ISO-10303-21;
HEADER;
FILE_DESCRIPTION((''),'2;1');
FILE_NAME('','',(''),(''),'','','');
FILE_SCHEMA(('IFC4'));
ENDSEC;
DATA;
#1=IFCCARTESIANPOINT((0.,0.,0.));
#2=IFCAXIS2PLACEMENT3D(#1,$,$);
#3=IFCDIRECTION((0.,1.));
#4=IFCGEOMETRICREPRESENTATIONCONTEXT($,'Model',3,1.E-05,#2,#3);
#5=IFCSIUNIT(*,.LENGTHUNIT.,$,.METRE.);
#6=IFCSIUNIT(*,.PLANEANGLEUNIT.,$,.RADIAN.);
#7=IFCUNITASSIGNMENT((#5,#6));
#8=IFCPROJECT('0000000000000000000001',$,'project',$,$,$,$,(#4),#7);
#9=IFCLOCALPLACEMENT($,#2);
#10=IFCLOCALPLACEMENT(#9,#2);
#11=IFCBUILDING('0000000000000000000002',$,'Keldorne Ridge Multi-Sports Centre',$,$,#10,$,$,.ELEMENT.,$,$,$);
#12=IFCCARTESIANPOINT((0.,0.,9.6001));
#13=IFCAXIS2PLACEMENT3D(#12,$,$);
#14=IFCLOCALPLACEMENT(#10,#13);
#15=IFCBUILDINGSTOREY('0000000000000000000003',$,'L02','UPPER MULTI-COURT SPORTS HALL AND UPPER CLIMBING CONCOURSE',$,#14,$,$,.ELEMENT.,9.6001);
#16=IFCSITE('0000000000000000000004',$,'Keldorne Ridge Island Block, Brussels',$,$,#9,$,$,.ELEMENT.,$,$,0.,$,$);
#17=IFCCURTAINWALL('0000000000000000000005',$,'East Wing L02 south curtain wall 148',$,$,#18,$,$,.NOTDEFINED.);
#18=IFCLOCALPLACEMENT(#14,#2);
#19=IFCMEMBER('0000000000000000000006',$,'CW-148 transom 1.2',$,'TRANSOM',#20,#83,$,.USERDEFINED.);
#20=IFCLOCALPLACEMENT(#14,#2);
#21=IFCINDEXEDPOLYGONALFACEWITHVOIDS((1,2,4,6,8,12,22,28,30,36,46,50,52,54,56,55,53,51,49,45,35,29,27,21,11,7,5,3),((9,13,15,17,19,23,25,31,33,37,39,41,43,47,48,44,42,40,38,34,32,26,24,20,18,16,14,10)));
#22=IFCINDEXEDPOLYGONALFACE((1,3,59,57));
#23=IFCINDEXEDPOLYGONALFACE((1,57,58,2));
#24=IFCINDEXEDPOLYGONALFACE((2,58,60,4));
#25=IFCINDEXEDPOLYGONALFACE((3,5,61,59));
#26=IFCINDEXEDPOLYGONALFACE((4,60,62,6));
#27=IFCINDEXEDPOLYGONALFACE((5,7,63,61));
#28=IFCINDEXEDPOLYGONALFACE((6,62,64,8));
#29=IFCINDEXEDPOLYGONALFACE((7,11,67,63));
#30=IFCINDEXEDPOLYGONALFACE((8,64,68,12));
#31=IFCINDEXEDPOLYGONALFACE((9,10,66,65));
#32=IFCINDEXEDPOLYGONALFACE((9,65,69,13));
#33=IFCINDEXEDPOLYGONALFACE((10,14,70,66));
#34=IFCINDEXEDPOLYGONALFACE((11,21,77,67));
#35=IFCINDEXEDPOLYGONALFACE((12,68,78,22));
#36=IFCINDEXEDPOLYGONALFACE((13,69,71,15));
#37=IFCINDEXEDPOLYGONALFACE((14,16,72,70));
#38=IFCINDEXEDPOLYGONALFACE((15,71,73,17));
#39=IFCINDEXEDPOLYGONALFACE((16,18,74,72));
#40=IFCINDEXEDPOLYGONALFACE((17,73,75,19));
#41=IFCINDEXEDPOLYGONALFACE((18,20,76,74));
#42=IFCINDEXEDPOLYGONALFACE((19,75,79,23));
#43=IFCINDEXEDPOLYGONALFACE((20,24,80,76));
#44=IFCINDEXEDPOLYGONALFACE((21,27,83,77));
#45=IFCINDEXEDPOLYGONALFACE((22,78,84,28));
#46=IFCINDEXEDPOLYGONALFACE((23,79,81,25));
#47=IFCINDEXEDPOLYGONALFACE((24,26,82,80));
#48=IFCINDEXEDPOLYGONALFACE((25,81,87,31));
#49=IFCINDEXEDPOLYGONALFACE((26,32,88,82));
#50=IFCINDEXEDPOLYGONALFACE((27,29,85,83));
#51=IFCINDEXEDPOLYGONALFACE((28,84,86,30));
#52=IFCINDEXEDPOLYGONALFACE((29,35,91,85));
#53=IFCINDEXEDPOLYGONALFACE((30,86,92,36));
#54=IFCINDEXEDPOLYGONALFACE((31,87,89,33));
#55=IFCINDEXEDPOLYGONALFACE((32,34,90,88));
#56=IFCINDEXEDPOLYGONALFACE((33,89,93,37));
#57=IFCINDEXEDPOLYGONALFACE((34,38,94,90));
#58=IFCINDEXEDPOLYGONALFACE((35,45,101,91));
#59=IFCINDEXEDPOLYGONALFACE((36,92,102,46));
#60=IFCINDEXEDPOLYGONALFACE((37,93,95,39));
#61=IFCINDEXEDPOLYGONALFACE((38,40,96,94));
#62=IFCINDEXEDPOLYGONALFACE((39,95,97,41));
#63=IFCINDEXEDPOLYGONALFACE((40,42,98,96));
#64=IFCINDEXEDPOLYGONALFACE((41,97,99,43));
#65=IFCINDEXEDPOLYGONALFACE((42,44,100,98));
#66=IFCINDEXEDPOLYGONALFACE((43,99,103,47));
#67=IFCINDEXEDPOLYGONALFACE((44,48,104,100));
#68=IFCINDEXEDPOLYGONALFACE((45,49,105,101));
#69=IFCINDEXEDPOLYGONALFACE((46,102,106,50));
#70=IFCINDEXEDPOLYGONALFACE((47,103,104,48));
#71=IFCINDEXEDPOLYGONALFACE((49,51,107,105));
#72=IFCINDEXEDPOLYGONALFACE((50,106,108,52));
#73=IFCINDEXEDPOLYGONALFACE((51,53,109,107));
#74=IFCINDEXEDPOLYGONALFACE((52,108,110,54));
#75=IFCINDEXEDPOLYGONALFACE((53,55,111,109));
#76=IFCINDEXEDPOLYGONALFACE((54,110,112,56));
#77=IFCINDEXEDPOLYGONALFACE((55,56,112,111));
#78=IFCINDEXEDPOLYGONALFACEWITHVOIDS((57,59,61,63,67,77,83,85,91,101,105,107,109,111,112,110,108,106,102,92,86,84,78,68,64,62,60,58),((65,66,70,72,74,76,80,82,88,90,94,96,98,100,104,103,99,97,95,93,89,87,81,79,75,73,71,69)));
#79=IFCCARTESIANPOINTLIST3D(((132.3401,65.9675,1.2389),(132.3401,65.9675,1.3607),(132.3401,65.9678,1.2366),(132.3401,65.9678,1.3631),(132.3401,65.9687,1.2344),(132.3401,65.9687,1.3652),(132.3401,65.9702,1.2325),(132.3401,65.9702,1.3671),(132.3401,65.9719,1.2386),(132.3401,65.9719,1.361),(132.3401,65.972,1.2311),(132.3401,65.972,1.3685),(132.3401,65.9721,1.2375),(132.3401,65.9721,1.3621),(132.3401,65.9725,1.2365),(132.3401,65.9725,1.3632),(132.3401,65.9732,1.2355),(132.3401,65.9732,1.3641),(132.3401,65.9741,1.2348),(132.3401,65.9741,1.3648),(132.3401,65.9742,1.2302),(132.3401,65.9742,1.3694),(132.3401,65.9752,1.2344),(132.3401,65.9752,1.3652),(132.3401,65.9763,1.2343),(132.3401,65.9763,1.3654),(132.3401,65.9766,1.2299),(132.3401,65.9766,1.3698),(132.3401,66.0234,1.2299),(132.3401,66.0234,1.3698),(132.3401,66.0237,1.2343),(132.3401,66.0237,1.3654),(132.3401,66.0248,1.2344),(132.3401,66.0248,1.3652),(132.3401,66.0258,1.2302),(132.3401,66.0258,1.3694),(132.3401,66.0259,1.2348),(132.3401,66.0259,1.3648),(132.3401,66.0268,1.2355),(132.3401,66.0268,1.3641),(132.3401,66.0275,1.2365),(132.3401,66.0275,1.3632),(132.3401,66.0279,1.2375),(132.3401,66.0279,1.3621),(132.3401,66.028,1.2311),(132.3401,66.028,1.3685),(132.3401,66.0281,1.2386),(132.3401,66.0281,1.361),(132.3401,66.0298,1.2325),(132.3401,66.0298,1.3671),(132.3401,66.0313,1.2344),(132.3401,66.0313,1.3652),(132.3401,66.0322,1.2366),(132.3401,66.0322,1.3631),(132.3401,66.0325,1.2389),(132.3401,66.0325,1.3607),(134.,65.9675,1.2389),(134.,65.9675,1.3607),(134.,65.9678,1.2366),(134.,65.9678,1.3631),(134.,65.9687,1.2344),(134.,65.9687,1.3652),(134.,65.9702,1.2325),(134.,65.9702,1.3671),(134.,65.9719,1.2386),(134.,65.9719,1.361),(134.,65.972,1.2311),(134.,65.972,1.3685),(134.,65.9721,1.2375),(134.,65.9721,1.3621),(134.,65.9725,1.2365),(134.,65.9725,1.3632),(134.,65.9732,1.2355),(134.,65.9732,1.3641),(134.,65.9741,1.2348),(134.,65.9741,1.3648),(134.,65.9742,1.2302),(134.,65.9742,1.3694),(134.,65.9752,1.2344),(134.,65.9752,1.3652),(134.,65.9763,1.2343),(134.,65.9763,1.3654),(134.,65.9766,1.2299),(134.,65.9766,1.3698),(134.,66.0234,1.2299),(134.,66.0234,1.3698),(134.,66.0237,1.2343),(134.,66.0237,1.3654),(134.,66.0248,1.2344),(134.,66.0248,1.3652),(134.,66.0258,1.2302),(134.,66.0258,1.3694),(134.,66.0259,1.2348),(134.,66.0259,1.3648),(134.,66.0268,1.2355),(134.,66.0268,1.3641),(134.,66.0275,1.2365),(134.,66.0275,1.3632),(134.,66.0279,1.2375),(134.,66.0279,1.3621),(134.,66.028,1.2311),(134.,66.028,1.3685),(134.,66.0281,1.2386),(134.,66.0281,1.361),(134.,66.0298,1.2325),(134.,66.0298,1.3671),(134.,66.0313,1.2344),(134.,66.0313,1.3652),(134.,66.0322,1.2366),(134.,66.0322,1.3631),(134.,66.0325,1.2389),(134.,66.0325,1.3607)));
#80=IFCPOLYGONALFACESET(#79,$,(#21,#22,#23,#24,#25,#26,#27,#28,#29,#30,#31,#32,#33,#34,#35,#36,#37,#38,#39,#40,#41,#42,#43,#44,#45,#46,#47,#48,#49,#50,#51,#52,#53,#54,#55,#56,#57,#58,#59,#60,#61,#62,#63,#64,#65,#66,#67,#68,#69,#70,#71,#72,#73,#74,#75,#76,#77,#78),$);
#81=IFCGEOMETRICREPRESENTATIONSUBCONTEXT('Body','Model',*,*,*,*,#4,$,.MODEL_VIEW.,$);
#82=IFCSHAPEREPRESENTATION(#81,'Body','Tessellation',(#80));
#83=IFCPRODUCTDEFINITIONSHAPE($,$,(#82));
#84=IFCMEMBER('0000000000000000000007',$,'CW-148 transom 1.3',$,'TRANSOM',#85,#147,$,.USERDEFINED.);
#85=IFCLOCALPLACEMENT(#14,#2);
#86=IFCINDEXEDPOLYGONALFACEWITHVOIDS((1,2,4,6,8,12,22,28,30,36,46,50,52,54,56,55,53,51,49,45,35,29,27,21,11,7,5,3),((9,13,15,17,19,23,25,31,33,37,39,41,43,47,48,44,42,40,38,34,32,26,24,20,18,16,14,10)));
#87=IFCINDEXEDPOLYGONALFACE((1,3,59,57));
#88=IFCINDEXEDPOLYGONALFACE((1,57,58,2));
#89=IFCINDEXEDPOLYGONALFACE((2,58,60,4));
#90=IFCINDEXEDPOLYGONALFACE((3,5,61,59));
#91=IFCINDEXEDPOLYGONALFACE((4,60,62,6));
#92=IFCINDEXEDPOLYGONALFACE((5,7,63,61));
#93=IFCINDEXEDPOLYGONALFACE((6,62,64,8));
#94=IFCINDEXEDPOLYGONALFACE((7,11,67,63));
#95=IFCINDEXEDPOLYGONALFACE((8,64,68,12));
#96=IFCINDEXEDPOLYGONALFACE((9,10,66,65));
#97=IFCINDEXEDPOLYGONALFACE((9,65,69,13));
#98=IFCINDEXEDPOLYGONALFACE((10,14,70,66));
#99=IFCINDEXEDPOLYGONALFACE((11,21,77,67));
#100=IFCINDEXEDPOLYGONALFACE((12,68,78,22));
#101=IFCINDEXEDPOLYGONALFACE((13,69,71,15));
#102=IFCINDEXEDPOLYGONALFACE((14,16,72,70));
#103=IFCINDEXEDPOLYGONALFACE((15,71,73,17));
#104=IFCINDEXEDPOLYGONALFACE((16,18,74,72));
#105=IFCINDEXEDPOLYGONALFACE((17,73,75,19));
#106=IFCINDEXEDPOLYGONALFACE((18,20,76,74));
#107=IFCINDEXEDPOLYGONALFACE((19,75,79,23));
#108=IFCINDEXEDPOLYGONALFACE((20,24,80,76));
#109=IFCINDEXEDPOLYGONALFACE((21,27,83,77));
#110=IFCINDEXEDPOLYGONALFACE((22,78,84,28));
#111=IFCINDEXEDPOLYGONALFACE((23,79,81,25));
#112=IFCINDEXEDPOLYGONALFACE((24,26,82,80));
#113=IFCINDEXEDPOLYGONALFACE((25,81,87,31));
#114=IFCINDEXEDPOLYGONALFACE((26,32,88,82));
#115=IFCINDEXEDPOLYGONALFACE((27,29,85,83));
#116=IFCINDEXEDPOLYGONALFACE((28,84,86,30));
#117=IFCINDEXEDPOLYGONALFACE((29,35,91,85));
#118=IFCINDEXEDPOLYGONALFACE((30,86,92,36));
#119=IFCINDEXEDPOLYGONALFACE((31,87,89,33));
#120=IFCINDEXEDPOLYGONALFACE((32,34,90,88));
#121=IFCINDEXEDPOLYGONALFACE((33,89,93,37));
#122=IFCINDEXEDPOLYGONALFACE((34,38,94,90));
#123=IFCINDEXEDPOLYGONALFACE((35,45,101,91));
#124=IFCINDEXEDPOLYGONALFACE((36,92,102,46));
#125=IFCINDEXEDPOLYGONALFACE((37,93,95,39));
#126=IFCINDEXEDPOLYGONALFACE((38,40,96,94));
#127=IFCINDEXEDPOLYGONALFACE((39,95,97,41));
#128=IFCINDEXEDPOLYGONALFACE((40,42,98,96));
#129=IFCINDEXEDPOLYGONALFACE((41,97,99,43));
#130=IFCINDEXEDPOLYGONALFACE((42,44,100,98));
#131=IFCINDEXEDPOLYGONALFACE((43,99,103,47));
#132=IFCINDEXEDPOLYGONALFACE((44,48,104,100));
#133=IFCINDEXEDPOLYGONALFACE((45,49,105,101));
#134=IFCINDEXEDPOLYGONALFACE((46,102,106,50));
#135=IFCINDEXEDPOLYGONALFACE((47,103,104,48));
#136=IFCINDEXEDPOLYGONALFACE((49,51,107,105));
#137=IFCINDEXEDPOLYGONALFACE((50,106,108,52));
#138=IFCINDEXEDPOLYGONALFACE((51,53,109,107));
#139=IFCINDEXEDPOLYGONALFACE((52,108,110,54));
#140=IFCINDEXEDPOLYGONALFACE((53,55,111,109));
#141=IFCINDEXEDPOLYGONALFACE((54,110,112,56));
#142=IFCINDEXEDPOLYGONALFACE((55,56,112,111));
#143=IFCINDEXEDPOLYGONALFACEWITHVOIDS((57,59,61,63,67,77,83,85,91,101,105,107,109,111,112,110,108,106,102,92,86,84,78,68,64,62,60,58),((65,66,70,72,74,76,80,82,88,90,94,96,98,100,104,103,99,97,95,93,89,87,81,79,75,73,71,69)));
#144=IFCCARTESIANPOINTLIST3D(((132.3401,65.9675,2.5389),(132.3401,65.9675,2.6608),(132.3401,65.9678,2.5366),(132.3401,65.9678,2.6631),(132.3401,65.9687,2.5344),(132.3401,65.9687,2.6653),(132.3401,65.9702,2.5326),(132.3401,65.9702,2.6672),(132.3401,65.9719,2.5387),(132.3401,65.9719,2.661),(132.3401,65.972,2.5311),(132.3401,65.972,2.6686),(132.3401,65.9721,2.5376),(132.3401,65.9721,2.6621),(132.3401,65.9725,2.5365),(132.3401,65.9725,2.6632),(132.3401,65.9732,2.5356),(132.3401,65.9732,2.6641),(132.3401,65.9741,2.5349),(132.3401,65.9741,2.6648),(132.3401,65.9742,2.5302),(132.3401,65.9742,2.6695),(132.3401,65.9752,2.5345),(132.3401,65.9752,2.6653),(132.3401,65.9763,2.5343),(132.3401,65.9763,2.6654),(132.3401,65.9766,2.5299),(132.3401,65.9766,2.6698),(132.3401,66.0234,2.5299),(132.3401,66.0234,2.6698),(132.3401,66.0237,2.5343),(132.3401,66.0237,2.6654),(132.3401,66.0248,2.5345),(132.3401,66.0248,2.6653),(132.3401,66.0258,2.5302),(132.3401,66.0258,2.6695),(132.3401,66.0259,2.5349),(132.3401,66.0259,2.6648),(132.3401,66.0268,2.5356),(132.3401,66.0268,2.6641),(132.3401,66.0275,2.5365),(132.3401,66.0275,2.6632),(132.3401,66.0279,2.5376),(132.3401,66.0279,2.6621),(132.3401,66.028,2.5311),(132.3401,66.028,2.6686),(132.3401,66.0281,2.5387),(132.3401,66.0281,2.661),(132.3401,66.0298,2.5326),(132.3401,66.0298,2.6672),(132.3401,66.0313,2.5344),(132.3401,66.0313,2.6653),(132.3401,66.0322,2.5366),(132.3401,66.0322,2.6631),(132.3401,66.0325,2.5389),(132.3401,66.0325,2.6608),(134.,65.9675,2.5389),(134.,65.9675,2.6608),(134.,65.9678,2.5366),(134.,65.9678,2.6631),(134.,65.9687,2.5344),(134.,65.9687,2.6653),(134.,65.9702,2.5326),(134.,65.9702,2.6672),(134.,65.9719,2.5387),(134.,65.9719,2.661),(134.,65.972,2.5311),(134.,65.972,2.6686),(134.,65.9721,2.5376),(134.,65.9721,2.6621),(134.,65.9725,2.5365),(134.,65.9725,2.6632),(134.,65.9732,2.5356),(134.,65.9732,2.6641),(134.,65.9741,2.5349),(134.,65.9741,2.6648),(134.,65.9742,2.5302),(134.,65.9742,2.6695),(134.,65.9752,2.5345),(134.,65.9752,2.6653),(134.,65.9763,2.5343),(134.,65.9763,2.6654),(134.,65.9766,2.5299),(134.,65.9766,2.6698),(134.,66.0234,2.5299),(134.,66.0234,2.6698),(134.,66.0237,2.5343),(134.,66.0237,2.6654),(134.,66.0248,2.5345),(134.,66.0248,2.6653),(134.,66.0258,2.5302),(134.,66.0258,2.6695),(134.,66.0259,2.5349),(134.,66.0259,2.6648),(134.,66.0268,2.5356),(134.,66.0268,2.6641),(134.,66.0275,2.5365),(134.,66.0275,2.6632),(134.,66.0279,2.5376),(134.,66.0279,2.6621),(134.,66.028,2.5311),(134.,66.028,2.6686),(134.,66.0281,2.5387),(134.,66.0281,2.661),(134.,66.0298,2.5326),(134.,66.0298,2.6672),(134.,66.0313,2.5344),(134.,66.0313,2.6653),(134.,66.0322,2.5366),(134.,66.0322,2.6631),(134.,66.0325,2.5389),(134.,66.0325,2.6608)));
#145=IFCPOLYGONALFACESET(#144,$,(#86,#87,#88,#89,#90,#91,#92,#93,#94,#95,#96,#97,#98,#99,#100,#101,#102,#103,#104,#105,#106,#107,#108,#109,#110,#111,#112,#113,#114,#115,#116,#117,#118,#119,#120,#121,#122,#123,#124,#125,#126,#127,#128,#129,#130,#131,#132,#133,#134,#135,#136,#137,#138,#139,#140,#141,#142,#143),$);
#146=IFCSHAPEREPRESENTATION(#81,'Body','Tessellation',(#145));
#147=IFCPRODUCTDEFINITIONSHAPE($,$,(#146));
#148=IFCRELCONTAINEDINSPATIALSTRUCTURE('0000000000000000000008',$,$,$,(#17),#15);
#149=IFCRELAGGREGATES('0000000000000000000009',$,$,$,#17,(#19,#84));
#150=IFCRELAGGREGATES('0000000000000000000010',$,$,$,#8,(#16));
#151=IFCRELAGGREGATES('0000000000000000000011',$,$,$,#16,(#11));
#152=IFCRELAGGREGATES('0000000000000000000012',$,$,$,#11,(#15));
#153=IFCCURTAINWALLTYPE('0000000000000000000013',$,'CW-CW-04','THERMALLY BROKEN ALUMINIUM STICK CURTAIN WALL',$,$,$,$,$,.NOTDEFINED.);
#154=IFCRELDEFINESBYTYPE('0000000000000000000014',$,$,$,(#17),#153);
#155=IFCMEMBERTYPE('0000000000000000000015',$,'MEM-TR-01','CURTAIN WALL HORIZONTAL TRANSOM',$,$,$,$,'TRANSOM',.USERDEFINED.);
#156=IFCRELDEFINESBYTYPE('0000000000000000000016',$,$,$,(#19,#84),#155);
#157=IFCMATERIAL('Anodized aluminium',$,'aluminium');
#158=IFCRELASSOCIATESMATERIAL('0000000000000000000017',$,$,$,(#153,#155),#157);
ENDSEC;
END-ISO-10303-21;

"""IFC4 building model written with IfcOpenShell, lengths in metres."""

from ifc_helpers import new_model, si_unit, direction, frame, origin, origin_2d, place, context, subcontext, project, spatial, hollow_rectangle, extrude, material, material_profile, profile_set, type_object, element, aggregate, save


model = new_model("IFC4")

# Units and contexts
model_context = context("Model", 3, precision=1e-05, world=origin(), true_north=direction((0.0, 1.0)))
body_context = subcontext(model_context, "Body", "Model", "MODEL_VIEW")
ifc_project = project(units=[si_unit("LENGTHUNIT", "METRE"), si_unit("PLANEANGLEUNIT", "RADIAN")], contexts=[model_context])

# Site, building, storey
site_placement = place(None, origin())
site = spatial("IfcSite", under=ifc_project, at=site_placement, Name="Keldorne Ridge Island Block, Brussels", CompositionType="ELEMENT", RefElevation=0.0)
building_placement = place(site_placement, origin())
building = spatial("IfcBuilding", under=site, at=building_placement, Name="Keldorne Ridge Multi-Sports Centre", CompositionType="ELEMENT")
storey_placement = place(building_placement, frame((0.0, 0.0, 9.6001)))
storey = spatial("IfcBuildingStorey", under=building, at=storey_placement, Name="L02", Description="UPPER MULTI-COURT SPORTS HALL AND UPPER CLIMBING CONCOURSE", CompositionType="ELEMENT", Elevation=9.6001)

# Curtain wall, members
ifc_material_1 = material(Name="Anodized aluminium", Category="aluminium")
curtain_wall_type = type_object("IfcCurtainWallType", Name="CW-CW-04", Description="THERMALLY BROKEN ALUMINIUM STICK CURTAIN WALL", PredefinedType="NOTDEFINED", material=ifc_material_1)
curtain_wall_placement = place(storey_placement, origin())
curtain_wall = element("IfcCurtainWall", 1, at=curtain_wall_placement, inside=storey, type_object=curtain_wall_type, Name="East Wing L02 south curtain wall 148", PredefinedType="NOTDEFINED")
ifc_material_profile_1 = material_profile(ifc_material_1, hollow_rectangle(XDim=0.0649, YDim=0.1399, WallThickness=0.0044, InnerFilletRadius=0.0044, OuterFilletRadius=0.009, at=origin_2d()), Name="ALU TRANSOM 140x65x4.5")
ifc_profile_set_1 = profile_set([ifc_material_profile_1], Name="Anodized aluminium")
member_type_1 = type_object("IfcMemberType", Name="MEM-TR-01", Description="CURTAIN WALL HORIZONTAL TRANSOM", ElementType="TRANSOM", PredefinedType="USERDEFINED", material=ifc_profile_set_1)
member_1_placement = place(storey_placement, frame((132.3401, 66.0, 1.2998), z_axis=(1.0, 0.0, 0.0), x_axis=(0.0, 1.0, 0.0)))
member_1 = element("IfcMember", 2, at=member_1_placement, type_object=member_type_1, Name="CW-148 transom 1.2", ObjectType="TRANSOM", PredefinedType="USERDEFINED", context=body_context, shape_type="SweptSolid", body=[
    extrude(hollow_rectangle(XDim=0.0649, YDim=0.1399, WallThickness=0.0044, InnerFilletRadius=0.0044, OuterFilletRadius=0.009, at=origin_2d()), origin(), (0.0, 0.0, 1.0), 1.6599),
])
member_2_placement = place(storey_placement, frame((132.3401, 66.0, 2.5999), z_axis=(1.0, 0.0, 0.0), x_axis=(0.0, 1.0, 0.0)))
member_2 = element("IfcMember", 3, at=member_2_placement, type_object=member_type_1, Name="CW-148 transom 1.3", ObjectType="TRANSOM", PredefinedType="USERDEFINED", context=body_context, shape_type="SweptSolid", body=[
    extrude(hollow_rectangle(XDim=0.0649, YDim=0.1399, WallThickness=0.0044, InnerFilletRadius=0.0044, OuterFilletRadius=0.009, at=origin_2d()), origin(), (0.0, 0.0, 1.0), 1.6599),
])
aggregate(curtain_wall, [member_1, member_2])

save(model, "model.ifc")
